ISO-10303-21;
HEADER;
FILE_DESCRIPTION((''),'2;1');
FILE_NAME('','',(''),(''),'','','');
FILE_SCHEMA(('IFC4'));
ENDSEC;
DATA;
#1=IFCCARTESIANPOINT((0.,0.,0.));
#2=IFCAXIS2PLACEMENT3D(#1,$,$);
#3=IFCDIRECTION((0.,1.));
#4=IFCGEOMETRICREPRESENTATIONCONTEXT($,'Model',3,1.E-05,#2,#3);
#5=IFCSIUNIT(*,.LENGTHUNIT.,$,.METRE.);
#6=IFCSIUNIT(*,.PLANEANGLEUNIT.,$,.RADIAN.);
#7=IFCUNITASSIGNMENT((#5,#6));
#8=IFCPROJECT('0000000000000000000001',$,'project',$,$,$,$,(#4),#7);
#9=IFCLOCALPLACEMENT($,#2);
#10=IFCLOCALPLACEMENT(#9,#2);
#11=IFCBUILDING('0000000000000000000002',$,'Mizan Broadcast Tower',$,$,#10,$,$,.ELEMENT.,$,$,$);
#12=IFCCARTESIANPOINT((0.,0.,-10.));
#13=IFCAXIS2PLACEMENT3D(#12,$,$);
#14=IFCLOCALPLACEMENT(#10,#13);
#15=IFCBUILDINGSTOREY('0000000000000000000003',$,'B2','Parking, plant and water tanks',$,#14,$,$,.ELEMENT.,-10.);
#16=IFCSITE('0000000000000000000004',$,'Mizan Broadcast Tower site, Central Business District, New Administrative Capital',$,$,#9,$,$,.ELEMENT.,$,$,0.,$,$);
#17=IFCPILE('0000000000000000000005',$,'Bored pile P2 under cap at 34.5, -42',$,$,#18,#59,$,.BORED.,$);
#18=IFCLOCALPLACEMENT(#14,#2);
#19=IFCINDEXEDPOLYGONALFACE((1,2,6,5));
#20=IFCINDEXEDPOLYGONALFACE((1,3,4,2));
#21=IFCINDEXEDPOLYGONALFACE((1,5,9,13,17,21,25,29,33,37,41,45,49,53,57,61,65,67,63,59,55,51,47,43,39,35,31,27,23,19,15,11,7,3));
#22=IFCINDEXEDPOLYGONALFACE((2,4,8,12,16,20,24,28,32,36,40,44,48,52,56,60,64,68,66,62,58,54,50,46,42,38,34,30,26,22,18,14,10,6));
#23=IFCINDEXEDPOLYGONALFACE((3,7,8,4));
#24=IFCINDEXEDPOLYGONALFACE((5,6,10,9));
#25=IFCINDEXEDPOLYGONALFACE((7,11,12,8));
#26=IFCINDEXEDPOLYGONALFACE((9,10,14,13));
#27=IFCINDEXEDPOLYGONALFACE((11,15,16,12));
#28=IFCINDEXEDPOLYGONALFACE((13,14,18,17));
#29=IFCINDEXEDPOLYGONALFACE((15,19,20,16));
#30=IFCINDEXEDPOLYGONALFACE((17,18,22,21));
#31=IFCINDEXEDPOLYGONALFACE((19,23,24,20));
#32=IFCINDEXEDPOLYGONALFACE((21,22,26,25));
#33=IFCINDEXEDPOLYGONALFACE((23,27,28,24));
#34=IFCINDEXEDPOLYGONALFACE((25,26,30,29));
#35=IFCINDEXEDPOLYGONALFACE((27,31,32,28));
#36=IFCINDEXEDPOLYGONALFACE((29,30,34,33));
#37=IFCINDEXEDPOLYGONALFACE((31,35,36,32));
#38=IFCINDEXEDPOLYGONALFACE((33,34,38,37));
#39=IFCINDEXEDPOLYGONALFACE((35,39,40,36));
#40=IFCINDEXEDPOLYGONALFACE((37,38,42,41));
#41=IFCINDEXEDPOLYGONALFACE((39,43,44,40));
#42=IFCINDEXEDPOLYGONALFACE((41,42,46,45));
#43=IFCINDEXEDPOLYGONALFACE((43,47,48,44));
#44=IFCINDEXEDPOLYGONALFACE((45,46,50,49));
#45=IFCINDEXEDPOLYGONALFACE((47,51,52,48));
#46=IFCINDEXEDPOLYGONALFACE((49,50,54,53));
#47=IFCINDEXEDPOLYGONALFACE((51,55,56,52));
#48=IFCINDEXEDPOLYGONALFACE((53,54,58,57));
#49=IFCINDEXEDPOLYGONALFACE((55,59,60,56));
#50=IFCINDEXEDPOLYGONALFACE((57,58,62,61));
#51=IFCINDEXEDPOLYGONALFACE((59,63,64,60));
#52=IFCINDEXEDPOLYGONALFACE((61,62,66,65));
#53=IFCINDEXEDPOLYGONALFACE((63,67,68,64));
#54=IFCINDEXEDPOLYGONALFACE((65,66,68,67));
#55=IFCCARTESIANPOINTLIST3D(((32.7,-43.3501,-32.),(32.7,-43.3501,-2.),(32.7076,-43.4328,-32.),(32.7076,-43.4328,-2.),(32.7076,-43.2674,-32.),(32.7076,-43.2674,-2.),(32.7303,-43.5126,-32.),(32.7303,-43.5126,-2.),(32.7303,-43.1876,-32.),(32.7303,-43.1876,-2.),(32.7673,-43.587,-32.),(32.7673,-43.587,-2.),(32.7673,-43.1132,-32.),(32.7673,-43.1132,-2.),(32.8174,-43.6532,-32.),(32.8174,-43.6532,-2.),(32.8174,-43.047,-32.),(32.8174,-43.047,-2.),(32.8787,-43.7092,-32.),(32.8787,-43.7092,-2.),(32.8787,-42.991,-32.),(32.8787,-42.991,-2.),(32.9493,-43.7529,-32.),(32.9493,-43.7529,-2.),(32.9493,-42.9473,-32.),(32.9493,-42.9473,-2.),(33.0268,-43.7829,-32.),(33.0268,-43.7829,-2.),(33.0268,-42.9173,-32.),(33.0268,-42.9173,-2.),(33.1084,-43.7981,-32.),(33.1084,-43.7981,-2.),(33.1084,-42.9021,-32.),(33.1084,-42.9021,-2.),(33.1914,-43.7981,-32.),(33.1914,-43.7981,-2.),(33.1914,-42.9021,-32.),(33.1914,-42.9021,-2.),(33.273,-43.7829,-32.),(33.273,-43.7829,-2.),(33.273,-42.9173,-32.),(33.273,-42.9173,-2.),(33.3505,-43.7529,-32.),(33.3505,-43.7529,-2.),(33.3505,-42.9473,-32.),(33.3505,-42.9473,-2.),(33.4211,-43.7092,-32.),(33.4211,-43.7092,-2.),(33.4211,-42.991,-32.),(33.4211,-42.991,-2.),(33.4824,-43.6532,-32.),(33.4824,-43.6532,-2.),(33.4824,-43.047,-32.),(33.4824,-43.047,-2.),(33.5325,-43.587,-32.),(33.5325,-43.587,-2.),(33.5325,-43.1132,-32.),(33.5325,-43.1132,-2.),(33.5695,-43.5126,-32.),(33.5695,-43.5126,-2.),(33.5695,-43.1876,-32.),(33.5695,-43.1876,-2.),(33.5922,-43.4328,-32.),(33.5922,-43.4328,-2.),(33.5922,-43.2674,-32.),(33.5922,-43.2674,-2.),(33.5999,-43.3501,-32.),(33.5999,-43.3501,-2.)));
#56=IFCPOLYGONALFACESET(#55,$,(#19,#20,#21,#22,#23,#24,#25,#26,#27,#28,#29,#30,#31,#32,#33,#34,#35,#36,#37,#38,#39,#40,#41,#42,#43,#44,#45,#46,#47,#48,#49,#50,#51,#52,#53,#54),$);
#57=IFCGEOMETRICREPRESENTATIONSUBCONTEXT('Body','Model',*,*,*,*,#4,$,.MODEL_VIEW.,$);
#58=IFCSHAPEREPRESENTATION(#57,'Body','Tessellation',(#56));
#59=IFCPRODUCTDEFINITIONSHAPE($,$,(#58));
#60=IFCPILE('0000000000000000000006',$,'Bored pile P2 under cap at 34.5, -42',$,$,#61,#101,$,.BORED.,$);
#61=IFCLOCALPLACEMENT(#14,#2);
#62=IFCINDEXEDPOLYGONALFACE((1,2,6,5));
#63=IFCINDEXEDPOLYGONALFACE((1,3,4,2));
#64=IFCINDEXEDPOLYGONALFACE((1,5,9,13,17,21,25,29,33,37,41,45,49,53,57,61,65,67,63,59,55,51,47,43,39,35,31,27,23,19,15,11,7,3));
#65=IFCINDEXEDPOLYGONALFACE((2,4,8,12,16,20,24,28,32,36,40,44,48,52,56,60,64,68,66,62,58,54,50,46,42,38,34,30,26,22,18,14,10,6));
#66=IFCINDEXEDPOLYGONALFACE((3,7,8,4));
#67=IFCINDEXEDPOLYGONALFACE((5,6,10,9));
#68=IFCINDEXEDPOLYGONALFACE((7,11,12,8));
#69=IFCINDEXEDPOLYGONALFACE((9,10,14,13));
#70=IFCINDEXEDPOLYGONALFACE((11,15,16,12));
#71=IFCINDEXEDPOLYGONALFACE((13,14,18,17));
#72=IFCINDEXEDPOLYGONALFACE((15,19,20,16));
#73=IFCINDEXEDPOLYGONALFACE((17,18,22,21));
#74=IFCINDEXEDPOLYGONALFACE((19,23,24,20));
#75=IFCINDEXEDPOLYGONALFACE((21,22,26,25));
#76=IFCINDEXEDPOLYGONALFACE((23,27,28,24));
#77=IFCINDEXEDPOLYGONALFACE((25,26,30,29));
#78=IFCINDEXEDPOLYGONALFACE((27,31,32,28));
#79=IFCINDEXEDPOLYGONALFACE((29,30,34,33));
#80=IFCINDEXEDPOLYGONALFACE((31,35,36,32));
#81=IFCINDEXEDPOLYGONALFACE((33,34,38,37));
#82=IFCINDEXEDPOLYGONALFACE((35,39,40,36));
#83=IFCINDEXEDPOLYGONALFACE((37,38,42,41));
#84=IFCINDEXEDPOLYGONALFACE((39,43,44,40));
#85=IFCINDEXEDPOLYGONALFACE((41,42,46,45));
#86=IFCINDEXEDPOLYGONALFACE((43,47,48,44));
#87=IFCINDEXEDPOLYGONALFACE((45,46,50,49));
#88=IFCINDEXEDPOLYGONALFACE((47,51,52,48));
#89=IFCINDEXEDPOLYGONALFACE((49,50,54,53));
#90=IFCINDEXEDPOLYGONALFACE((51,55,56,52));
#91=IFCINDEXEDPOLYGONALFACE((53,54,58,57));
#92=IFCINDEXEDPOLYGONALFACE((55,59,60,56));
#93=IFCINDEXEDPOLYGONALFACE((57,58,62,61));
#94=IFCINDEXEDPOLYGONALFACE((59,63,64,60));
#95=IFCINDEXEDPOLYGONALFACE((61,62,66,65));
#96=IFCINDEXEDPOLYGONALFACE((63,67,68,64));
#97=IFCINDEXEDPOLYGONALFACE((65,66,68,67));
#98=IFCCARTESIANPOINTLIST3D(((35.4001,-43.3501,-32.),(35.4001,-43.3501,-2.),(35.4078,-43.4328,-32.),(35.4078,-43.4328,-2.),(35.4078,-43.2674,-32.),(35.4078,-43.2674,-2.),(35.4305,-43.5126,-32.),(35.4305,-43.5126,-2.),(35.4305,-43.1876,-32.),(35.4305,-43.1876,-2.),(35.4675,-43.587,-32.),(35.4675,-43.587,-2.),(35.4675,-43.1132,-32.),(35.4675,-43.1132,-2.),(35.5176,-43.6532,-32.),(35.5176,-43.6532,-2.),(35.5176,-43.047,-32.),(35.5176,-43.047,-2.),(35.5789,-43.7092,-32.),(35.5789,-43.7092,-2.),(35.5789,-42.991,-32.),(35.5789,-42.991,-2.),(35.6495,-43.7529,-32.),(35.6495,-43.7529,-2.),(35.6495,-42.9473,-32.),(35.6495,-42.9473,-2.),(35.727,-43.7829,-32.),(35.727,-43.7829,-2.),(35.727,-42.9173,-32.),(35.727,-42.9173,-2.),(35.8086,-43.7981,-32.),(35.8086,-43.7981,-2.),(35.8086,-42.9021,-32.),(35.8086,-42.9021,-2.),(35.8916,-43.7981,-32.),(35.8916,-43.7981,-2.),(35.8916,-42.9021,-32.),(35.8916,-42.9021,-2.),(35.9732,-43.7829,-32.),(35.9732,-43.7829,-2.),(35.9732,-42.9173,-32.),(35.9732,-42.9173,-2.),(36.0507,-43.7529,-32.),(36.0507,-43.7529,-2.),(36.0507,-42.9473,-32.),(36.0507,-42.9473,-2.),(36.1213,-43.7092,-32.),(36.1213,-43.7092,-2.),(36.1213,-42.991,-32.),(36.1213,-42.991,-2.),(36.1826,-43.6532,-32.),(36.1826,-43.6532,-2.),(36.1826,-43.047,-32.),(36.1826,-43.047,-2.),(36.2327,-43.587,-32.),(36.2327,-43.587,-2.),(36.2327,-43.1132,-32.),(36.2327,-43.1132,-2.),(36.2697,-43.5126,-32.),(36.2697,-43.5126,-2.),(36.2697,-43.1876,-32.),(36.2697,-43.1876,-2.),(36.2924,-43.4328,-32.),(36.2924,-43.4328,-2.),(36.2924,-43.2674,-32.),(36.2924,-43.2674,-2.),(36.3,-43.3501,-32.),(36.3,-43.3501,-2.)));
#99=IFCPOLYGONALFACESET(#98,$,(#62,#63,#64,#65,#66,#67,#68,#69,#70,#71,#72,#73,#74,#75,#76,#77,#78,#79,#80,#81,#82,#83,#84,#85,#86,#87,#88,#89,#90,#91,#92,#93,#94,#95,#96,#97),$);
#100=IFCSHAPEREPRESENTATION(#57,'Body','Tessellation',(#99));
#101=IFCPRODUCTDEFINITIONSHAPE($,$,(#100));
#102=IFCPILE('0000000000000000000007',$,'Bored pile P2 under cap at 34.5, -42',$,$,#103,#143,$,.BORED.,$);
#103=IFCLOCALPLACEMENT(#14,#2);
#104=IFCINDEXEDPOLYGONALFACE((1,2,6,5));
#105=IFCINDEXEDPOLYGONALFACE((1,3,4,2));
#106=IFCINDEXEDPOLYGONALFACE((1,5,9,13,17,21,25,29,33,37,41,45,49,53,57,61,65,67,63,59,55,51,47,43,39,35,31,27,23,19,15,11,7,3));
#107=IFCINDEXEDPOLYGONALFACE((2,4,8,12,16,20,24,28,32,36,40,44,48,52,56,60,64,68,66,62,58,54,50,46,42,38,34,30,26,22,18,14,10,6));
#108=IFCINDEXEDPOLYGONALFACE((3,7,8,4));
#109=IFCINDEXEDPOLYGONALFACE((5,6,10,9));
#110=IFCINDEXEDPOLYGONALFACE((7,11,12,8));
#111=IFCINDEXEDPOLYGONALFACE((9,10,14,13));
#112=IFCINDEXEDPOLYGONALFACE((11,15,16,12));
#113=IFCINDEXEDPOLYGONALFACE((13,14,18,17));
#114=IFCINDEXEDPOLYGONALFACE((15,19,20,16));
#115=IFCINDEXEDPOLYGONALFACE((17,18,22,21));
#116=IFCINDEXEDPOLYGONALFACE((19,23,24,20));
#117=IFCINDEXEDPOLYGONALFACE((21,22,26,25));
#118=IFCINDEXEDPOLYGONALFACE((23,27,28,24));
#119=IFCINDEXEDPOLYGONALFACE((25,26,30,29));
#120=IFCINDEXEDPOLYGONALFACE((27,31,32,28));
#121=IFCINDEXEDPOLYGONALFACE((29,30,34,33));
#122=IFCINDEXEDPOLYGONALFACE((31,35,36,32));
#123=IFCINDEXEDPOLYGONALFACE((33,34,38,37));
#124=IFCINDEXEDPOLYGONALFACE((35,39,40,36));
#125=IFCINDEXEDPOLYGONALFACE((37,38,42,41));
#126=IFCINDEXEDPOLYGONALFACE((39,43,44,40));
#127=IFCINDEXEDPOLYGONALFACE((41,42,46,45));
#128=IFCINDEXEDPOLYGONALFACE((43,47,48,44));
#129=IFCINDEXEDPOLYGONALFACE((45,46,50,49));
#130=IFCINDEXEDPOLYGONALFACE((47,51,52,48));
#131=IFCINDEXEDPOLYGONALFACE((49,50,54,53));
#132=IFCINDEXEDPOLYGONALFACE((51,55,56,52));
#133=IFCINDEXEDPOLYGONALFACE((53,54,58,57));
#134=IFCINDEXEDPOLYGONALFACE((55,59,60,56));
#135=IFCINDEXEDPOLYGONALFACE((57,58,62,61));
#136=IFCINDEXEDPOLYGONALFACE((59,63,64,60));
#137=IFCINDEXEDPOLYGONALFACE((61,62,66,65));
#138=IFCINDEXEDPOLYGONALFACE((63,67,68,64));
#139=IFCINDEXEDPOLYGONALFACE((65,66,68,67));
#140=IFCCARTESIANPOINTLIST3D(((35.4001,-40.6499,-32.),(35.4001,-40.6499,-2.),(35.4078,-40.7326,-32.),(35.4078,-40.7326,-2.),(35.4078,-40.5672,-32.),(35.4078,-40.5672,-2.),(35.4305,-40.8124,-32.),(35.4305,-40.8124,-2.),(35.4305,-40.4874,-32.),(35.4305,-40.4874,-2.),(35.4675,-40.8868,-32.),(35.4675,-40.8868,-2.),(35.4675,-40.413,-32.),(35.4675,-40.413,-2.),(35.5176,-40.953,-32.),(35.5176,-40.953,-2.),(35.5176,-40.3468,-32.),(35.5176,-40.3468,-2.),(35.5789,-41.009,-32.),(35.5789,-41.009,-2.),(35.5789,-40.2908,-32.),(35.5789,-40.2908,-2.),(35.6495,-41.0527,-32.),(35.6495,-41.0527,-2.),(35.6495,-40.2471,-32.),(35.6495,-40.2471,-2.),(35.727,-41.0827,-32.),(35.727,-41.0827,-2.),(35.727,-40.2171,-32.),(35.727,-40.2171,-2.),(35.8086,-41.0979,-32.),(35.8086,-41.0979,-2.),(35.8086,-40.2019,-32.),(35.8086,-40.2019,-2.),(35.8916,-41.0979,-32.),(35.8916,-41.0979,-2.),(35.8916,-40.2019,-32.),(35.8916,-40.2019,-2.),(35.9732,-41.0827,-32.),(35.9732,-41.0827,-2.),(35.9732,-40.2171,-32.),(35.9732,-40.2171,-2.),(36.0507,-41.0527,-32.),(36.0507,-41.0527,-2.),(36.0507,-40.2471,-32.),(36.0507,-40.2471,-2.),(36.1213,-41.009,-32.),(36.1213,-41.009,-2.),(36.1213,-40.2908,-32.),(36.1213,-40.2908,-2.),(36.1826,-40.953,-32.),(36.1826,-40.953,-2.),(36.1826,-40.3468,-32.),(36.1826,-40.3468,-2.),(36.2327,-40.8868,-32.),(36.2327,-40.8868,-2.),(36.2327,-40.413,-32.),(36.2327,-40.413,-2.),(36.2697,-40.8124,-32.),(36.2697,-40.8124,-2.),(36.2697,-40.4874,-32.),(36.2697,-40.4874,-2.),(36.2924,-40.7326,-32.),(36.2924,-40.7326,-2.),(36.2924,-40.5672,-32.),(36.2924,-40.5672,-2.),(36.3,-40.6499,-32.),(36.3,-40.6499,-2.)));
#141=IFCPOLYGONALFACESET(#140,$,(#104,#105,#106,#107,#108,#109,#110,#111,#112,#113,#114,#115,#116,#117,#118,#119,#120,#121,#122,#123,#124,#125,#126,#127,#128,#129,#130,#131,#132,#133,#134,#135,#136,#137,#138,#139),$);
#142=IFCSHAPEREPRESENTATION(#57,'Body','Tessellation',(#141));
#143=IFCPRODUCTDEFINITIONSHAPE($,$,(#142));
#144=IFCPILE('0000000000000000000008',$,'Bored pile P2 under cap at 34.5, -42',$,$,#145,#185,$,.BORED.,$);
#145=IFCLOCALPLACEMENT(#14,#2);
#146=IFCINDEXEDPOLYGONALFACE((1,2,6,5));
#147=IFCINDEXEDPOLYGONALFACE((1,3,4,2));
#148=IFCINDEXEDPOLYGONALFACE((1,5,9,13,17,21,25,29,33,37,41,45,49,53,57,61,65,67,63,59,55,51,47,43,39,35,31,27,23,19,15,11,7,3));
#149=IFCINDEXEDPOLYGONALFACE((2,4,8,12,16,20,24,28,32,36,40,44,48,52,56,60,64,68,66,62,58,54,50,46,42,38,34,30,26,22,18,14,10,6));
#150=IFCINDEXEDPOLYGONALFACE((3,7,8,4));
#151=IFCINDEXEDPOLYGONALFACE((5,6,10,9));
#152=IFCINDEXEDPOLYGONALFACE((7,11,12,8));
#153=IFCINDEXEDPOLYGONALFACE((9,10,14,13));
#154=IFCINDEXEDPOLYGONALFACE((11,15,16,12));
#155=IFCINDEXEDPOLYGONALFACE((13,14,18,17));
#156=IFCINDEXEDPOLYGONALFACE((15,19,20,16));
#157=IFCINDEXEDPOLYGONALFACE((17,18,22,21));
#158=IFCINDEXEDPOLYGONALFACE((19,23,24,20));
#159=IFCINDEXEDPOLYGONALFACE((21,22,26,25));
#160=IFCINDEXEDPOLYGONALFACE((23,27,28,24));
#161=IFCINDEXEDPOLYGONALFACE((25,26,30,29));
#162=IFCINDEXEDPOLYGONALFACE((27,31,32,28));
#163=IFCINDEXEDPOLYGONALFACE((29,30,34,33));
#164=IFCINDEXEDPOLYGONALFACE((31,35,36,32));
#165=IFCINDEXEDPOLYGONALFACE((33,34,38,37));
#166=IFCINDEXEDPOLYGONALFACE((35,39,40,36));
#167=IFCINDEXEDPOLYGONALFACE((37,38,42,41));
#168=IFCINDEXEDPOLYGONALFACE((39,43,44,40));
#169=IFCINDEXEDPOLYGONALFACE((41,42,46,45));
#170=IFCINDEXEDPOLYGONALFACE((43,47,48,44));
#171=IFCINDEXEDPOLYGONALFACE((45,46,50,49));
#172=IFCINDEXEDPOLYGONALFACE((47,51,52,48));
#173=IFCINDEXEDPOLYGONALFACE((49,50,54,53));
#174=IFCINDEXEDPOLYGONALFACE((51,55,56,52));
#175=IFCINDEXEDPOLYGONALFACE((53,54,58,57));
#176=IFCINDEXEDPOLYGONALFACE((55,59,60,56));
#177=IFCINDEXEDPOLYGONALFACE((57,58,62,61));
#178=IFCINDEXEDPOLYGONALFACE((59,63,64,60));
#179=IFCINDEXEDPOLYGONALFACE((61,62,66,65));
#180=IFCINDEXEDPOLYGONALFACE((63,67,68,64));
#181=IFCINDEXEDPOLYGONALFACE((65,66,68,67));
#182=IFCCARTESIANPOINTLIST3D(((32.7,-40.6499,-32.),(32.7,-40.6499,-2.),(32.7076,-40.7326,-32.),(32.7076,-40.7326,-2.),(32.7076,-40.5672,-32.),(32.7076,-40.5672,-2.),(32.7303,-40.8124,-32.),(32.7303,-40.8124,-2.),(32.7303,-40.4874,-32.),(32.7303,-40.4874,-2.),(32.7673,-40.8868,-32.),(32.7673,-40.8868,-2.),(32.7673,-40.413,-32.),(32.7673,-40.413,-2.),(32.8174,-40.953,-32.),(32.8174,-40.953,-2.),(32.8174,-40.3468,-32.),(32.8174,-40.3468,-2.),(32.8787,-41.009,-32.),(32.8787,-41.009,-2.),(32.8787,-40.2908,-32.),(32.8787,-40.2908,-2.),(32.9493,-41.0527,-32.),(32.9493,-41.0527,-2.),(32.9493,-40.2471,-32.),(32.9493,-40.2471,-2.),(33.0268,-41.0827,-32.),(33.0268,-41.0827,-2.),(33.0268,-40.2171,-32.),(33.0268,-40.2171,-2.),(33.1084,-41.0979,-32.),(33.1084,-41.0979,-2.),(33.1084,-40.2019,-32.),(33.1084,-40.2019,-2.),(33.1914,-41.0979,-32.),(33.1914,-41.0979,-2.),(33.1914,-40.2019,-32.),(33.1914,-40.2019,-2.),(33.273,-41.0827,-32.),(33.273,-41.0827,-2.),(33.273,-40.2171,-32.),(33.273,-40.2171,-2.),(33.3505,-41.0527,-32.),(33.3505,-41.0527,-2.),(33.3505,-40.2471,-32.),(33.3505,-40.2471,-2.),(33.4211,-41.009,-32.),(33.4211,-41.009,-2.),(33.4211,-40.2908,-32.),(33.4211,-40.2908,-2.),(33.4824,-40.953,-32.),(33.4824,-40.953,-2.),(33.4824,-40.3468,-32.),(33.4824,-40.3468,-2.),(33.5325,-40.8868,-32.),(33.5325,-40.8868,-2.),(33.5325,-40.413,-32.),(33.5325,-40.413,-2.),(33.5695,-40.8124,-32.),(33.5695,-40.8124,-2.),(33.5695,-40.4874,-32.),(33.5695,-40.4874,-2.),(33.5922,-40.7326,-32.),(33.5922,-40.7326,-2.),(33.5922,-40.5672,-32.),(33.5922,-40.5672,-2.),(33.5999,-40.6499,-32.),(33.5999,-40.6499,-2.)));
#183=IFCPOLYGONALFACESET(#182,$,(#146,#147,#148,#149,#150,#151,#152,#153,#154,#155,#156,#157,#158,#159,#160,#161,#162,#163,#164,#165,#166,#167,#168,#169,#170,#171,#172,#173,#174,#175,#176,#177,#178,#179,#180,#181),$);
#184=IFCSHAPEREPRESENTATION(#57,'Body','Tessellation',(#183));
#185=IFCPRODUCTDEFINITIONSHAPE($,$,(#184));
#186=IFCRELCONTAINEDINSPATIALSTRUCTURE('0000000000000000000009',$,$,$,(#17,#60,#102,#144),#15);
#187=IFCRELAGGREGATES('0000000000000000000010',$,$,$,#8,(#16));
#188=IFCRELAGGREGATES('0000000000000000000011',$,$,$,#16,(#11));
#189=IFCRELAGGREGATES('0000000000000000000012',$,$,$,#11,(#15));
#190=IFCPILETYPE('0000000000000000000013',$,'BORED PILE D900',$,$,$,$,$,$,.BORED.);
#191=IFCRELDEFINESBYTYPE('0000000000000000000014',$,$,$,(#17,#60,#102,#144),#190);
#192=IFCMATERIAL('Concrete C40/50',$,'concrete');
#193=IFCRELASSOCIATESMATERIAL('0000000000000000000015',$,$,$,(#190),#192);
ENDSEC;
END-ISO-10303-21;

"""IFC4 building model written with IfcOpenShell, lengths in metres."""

from ifc_helpers import new_model, si_unit, direction, frame, origin, origin_2d, place, context, subcontext, project, spatial, circle, extrude, material, material_profile, profile_set, type_object, element, save


model = new_model("IFC4")

# Units and contexts
model_context = context("Model", 3, precision=1e-05, world=origin(), true_north=direction((0.0, 1.0)))
body_context = subcontext(model_context, "Body", "Model", "MODEL_VIEW")
ifc_project = project(units=[si_unit("LENGTHUNIT", "METRE"), si_unit("PLANEANGLEUNIT", "RADIAN")], contexts=[model_context])

# Site, building, storey
site_placement = place(None, origin())
site = spatial("IfcSite", under=ifc_project, at=site_placement, Name="Mizan Broadcast Tower site, Central Business District, New Administrative Capital", CompositionType="ELEMENT", RefElevation=0.0)
building_placement = place(site_placement, origin())
building = spatial("IfcBuilding", under=site, at=building_placement, Name="Mizan Broadcast Tower", CompositionType="ELEMENT")
storey_placement = place(building_placement, frame((0.0, 0.0, -10.0)))
storey = spatial("IfcBuildingStorey", under=building, at=storey_placement, Name="B2", Description="Parking, plant and water tanks", CompositionType="ELEMENT", Elevation=-10.0)

# Piles
ifc_material_1 = material(Name="Concrete C40/50", Category="concrete")
ifc_material_profile_1 = material_profile(ifc_material_1, circle(Radius=0.45, at=origin_2d()), Name="D900")
ifc_profile_set_1 = profile_set([ifc_material_profile_1], Name="Concrete C40/50")
pile_type = type_object("IfcPileType", Name="BORED PILE D900", PredefinedType="BORED", material=ifc_profile_set_1)
for number, where, z_axis, x_axis, name in (
    (1, (33.1499, -43.3501, -2.0), (0.0, 0.0, -1.0), (1.0, 0.0, 0.0), "Bored pile P2 under cap at 34.5, -42"),
    (2, (35.8501, -43.3501, -2.0), (0.0, 0.0, -1.0), (1.0, 0.0, 0.0), "Bored pile P2 under cap at 34.5, -42"),
    (3, (35.8501, -40.6499, -2.0), (0.0, 0.0, -1.0), (1.0, 0.0, 0.0), "Bored pile P2 under cap at 34.5, -42"),
    (4, (33.1499, -40.6499, -2.0), (0.0, 0.0, -1.0), (1.0, 0.0, 0.0), "Bored pile P2 under cap at 34.5, -42"),
):
    element("IfcPile", number, at=place(storey_placement, frame(where, z_axis=z_axis, x_axis=x_axis)), inside=storey, type_object=pile_type, Name=name, PredefinedType="BORED", context=body_context, shape_type="SweptSolid", body=[
        extrude(circle(Radius=0.45, at=origin_2d()), origin(), (0.0, 0.0, 1.0), 30.0),
    ])

save(model, "model.ifc")
